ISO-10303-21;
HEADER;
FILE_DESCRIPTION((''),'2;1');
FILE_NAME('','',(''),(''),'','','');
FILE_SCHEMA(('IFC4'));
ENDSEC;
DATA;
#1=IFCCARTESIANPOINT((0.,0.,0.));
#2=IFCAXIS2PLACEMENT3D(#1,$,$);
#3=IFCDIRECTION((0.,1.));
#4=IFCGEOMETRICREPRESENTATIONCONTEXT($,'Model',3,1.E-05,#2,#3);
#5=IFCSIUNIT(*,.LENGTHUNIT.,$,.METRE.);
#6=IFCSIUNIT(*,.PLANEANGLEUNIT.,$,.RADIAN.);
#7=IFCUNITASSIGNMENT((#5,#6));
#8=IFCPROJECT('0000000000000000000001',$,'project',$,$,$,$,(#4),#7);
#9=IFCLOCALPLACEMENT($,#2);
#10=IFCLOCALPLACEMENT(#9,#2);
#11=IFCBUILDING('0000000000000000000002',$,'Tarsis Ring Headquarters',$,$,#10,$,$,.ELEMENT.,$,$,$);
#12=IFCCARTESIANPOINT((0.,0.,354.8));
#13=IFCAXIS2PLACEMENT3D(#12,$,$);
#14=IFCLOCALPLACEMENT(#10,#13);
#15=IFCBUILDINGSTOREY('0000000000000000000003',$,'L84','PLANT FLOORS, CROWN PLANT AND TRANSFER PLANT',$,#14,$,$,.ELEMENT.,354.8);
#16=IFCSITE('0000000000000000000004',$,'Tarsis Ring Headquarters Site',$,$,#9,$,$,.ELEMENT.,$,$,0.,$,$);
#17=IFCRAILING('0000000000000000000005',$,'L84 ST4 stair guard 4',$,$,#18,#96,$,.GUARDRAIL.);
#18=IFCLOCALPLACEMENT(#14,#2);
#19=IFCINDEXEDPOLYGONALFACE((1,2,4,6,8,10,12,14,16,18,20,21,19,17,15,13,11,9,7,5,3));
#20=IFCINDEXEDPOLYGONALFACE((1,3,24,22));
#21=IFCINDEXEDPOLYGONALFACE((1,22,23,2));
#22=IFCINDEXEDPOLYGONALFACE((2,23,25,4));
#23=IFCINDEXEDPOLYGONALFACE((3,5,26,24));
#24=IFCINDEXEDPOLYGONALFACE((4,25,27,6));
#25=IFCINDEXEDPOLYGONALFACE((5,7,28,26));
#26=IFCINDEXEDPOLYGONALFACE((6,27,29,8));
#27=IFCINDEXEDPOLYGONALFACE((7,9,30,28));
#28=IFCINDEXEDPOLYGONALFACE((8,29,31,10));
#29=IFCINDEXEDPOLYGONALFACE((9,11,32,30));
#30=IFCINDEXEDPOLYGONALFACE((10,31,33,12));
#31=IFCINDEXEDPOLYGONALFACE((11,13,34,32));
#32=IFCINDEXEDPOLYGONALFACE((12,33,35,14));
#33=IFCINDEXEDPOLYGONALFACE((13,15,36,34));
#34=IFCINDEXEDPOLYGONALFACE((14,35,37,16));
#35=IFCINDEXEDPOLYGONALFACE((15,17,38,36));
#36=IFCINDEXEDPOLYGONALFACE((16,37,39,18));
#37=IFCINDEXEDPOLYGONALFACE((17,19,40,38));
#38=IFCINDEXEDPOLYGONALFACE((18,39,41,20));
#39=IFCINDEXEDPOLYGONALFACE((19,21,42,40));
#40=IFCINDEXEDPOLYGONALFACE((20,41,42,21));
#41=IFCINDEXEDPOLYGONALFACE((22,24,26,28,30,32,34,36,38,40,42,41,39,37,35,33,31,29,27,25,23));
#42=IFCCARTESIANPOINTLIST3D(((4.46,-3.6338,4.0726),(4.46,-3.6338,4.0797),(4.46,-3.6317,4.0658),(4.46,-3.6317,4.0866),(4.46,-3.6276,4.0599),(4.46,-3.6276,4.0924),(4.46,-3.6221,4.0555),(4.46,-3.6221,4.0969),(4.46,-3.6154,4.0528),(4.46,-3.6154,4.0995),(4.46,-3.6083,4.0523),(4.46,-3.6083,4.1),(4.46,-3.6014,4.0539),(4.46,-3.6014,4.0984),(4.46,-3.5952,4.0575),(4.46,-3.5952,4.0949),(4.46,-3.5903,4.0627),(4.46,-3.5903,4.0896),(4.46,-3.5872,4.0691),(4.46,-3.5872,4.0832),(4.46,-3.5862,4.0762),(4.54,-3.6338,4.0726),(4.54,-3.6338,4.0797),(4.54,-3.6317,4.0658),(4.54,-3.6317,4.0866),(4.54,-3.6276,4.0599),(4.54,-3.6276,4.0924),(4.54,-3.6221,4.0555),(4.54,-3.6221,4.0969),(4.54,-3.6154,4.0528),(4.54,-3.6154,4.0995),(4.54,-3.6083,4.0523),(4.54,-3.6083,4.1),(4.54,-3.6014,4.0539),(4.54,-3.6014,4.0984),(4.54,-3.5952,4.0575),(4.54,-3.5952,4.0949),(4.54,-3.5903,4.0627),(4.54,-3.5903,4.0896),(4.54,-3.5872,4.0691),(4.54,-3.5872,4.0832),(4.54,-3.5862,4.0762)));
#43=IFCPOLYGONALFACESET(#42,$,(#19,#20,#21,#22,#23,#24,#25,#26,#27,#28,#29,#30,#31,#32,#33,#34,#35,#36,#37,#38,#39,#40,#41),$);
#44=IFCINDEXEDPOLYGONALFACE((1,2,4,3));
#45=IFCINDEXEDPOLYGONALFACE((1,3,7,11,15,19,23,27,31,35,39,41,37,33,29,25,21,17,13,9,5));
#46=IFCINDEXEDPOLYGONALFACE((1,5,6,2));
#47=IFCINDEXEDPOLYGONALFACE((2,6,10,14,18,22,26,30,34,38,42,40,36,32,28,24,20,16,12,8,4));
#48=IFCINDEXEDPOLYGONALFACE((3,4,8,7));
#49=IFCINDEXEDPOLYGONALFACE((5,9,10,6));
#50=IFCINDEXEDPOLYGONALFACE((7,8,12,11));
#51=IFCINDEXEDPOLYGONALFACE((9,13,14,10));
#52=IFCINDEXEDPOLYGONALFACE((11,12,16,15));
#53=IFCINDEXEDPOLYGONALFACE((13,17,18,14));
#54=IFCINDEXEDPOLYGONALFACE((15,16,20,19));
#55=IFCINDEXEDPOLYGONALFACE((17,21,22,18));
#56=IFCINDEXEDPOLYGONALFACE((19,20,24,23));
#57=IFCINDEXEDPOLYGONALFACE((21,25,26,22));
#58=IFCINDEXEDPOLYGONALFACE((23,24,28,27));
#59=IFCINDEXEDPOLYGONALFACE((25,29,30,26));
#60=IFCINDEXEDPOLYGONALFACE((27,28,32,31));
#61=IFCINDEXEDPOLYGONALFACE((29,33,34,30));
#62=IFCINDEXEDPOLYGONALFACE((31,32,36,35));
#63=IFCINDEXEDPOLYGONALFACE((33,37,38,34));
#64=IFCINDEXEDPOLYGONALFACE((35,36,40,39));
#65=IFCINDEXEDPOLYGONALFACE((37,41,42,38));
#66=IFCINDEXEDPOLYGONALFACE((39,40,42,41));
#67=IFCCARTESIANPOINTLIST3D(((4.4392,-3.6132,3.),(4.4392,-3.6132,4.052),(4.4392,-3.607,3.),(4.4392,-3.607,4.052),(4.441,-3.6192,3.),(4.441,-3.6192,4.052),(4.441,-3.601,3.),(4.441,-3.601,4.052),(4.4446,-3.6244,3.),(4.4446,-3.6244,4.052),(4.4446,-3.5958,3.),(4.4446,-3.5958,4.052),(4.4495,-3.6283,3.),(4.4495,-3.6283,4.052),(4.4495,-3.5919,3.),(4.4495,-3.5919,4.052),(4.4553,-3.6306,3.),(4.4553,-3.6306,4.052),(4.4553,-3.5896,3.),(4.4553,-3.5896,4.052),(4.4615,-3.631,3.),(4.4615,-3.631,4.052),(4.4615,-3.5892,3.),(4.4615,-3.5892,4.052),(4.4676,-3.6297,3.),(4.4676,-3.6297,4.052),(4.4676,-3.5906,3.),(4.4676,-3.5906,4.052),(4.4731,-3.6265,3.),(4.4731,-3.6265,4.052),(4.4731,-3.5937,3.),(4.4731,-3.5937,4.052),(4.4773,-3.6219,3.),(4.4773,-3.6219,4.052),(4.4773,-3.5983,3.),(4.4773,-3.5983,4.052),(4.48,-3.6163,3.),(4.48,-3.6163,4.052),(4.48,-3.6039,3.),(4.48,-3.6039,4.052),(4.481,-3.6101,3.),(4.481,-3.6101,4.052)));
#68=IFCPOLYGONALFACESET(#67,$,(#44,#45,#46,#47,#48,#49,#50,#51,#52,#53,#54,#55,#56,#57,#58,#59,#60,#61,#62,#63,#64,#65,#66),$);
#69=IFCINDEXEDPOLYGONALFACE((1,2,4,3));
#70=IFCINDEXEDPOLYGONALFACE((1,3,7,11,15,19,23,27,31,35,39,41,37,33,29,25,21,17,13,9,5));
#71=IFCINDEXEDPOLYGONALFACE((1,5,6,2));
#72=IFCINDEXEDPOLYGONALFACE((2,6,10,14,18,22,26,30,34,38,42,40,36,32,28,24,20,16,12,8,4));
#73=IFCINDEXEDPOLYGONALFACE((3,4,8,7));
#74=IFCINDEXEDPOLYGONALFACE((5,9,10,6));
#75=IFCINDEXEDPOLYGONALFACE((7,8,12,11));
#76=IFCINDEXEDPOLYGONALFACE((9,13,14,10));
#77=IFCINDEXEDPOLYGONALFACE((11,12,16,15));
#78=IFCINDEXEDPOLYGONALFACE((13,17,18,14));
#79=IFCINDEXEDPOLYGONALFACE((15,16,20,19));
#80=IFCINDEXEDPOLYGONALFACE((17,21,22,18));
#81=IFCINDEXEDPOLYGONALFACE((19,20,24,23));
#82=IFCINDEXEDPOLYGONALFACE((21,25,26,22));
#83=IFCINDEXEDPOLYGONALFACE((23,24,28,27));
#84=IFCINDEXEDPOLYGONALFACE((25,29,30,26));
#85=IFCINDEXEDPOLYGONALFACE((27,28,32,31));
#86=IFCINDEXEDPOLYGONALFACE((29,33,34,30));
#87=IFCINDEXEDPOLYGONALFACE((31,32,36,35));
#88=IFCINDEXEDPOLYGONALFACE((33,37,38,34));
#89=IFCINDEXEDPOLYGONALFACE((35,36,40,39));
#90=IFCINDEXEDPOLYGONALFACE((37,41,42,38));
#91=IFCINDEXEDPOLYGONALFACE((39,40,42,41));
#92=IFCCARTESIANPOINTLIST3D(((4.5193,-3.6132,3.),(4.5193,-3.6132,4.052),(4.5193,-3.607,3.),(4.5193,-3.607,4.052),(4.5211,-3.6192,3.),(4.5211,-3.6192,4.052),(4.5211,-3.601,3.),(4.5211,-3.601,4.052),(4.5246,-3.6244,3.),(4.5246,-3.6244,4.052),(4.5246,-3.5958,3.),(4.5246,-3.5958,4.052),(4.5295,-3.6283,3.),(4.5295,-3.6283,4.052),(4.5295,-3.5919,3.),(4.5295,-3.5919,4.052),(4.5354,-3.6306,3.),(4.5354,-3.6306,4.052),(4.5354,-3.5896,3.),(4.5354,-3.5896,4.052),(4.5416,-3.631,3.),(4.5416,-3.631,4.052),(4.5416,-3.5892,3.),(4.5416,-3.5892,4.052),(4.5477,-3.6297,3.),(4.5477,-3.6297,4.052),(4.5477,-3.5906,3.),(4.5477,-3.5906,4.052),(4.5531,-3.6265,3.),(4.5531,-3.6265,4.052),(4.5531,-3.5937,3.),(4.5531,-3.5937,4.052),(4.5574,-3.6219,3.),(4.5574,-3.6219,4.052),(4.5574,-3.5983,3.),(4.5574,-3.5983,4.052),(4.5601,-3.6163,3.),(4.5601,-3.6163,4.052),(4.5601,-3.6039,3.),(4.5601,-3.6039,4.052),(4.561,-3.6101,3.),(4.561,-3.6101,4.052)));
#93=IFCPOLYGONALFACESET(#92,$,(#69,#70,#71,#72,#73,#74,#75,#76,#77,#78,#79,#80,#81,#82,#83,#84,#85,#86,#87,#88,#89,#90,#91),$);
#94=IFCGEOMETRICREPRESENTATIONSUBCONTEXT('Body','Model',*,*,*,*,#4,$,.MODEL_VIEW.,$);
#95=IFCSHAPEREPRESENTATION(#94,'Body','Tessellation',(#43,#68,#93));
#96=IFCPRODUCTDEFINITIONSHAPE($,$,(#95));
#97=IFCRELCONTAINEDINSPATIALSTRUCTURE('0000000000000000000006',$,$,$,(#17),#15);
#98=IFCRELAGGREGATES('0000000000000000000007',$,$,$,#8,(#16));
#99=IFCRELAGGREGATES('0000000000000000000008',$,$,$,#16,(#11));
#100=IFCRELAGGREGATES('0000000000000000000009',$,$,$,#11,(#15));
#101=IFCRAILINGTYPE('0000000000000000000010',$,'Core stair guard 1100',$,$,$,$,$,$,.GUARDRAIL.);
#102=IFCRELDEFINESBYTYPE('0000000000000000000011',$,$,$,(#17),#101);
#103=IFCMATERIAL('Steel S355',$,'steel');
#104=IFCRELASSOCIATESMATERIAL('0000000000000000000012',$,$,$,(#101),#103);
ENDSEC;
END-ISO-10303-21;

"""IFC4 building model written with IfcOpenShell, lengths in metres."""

from ifc_helpers import new_model, si_unit, direction, frame, origin, origin_2d, place, context, subcontext, project, spatial, circle, extrude, material, type_object, element, save


model = new_model("IFC4")

# Units and contexts
model_context = context("Model", 3, precision=1e-05, world=origin(), true_north=direction((0.0, 1.0)))
body_context = subcontext(model_context, "Body", "Model", "MODEL_VIEW")
ifc_project = project(units=[si_unit("LENGTHUNIT", "METRE"), si_unit("PLANEANGLEUNIT", "RADIAN")], contexts=[model_context])

# Site, building, storey
site_placement = place(None, origin())
site = spatial("IfcSite", under=ifc_project, at=site_placement, Name="Tarsis Ring Headquarters Site", CompositionType="ELEMENT", RefElevation=0.0)
building_placement = place(site_placement, origin())
building = spatial("IfcBuilding", under=site, at=building_placement, Name="Tarsis Ring Headquarters", CompositionType="ELEMENT")
storey_placement = place(building_placement, frame((0.0, 0.0, 354.8)))
storey = spatial("IfcBuildingStorey", under=building, at=storey_placement, Name="L84", Description="PLANT FLOORS, CROWN PLANT AND TRANSFER PLANT", CompositionType="ELEMENT", Elevation=354.8)

# Railing
ifc_material_1 = material(Name="Steel S355", Category="steel")
railing_type_1 = type_object("IfcRailingType", Name="Core stair guard 1100", PredefinedType="GUARDRAIL", material=ifc_material_1)
railing_1_placement = place(storey_placement, frame((4.46, -3.6101, 3.0)))
element("IfcRailing", 1, at=railing_1_placement, inside=storey, type_object=railing_type_1, Name="L84 ST4 stair guard 4", PredefinedType="GUARDRAIL", context=body_context, shape_type="SweptSolid", body=[
    extrude(circle(Radius=0.0239, at=origin_2d()), frame((0.0, 0.0, 1.0762), z_axis=(1.0, 0.0, 0.0), x_axis=(0.0, 1.0, 0.0)), (0.0, 0.0, 1.0), 0.0801),
    extrude(circle(Radius=0.021, at=origin_2d()), origin(), (0.0, 0.0, 1.0), 1.052),
    extrude(circle(Radius=0.021, at=origin_2d()), frame((0.0801, 0.0, 0.0)), (0.0, 0.0, 1.0), 1.052),
])

save(model, "model.ifc")
